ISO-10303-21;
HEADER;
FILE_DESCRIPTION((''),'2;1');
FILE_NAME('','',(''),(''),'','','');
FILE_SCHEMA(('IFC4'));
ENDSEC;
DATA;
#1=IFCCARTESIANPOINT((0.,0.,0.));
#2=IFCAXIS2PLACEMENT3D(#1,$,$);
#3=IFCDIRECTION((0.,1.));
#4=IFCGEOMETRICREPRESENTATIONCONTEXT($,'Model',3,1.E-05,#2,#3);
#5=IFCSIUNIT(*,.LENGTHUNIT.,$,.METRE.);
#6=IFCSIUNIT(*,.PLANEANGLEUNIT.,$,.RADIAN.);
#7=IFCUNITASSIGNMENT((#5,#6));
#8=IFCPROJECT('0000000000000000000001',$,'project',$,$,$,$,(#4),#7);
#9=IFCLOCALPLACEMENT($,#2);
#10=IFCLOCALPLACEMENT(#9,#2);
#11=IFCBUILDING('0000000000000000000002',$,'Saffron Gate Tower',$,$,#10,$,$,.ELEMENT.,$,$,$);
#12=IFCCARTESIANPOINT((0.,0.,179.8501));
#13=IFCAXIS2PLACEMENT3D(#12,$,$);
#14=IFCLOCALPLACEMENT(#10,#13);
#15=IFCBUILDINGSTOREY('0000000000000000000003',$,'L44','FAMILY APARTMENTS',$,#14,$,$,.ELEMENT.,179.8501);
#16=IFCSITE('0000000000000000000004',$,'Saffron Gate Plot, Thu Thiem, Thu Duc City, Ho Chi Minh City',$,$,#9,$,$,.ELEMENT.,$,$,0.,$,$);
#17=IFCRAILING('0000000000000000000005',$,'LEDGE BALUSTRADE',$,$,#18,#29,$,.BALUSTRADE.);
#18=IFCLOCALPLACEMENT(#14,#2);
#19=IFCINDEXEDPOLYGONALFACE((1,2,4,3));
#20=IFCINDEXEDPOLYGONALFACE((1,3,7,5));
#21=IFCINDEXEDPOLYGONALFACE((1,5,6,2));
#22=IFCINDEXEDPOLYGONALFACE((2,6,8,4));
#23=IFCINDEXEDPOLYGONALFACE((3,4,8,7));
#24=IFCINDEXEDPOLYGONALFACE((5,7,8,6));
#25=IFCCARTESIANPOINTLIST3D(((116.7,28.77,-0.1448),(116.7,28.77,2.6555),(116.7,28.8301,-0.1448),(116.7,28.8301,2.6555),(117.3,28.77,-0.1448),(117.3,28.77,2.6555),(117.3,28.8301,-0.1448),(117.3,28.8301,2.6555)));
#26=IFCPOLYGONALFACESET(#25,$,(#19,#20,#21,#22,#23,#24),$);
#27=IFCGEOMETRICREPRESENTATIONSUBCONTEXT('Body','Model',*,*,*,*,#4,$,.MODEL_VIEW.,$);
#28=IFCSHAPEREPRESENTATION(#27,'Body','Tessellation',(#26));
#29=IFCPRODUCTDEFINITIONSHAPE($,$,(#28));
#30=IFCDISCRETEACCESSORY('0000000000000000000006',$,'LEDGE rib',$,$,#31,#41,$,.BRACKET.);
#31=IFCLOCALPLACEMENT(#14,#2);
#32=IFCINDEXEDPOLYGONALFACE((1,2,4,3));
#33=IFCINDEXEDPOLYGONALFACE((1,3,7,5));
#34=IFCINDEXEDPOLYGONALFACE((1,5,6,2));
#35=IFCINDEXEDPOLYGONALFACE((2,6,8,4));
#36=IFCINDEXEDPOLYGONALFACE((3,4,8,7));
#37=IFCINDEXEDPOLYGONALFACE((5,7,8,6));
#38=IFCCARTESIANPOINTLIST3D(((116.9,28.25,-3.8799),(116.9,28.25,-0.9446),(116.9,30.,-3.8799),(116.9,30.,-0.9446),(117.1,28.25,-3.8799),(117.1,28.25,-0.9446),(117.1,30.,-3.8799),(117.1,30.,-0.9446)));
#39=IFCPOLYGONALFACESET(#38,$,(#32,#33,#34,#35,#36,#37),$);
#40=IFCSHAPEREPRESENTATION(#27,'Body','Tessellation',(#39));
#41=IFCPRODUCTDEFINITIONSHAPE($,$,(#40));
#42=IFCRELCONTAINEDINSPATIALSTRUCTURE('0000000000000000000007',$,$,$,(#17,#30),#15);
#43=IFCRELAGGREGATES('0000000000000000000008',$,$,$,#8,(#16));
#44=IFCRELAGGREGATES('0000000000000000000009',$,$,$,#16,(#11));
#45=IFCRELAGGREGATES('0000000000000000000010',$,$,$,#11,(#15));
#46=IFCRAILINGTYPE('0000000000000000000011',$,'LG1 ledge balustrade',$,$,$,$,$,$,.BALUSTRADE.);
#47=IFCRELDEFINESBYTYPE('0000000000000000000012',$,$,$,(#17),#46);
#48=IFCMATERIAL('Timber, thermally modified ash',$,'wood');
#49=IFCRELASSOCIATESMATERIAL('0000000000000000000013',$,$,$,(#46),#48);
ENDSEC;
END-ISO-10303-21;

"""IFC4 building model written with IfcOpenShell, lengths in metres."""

from ifc_helpers import new_model, si_unit, direction, frame, origin, origin_2d, place, context, subcontext, project, spatial, rectangle, extrude, material, type_object, element, save


model = new_model("IFC4")

# Units and contexts
model_context = context("Model", 3, precision=1e-05, world=origin(), true_north=direction((0.0, 1.0)))
body_context = subcontext(model_context, "Body", "Model", "MODEL_VIEW")
ifc_project = project(units=[si_unit("LENGTHUNIT", "METRE"), si_unit("PLANEANGLEUNIT", "RADIAN")], contexts=[model_context])

# Site, building, storey
site_placement = place(None, origin())
site = spatial("IfcSite", under=ifc_project, at=site_placement, Name="Saffron Gate Plot, Thu Thiem, Thu Duc City, Ho Chi Minh City", CompositionType="ELEMENT", RefElevation=0.0)
building_placement = place(site_placement, origin())
building = spatial("IfcBuilding", under=site, at=building_placement, Name="Saffron Gate Tower", CompositionType="ELEMENT")
storey_placement = place(building_placement, frame((0.0, 0.0, 179.8501)))
storey = spatial("IfcBuildingStorey", under=building, at=storey_placement, Name="L44", Description="FAMILY APARTMENTS", CompositionType="ELEMENT", Elevation=179.8501)

# Shared definitions
ifc_material_1 = material(Name="Timber, thermally modified ash", Category="wood")

# Railing
railing_type_1 = type_object("IfcRailingType", Name="LG1 ledge balustrade", PredefinedType="BALUSTRADE", material=ifc_material_1)
railing_1_placement = place(storey_placement, frame((116.7, 28.8, -0.1448)))
element("IfcRailing", 1, at=railing_1_placement, inside=storey, type_object=railing_type_1, Name="LEDGE BALUSTRADE", PredefinedType="BALUSTRADE", context=body_context, shape_type="SweptSolid", body=[
    extrude(rectangle(XDim=0.0601, YDim=2.8003, at=origin_2d()), frame((0.0, 0.0, 1.4001), z_axis=(1.0, 0.0, 0.0), x_axis=(0.0, 1.0, 0.0)), (0.0, 0.0, 1.0), 0.6001),
])

# Discrete accessory
discrete_accessory_placement = place(storey_placement, frame((117.0, 29.125, -3.8799), z_axis=(0.0, 0.0, 1.0), x_axis=(1.0, 0.0, 0.0)))
element("IfcDiscreteAccessory", 2, at=discrete_accessory_placement, inside=storey, Name="LEDGE rib", PredefinedType="BRACKET", context=body_context, shape_type="SweptSolid", body=[
    extrude(rectangle(XDim=0.2, YDim=1.75, at=origin_2d()), origin(), (0.0, 0.0, 1.0), 2.9353),
])

save(model, "model.ifc")
